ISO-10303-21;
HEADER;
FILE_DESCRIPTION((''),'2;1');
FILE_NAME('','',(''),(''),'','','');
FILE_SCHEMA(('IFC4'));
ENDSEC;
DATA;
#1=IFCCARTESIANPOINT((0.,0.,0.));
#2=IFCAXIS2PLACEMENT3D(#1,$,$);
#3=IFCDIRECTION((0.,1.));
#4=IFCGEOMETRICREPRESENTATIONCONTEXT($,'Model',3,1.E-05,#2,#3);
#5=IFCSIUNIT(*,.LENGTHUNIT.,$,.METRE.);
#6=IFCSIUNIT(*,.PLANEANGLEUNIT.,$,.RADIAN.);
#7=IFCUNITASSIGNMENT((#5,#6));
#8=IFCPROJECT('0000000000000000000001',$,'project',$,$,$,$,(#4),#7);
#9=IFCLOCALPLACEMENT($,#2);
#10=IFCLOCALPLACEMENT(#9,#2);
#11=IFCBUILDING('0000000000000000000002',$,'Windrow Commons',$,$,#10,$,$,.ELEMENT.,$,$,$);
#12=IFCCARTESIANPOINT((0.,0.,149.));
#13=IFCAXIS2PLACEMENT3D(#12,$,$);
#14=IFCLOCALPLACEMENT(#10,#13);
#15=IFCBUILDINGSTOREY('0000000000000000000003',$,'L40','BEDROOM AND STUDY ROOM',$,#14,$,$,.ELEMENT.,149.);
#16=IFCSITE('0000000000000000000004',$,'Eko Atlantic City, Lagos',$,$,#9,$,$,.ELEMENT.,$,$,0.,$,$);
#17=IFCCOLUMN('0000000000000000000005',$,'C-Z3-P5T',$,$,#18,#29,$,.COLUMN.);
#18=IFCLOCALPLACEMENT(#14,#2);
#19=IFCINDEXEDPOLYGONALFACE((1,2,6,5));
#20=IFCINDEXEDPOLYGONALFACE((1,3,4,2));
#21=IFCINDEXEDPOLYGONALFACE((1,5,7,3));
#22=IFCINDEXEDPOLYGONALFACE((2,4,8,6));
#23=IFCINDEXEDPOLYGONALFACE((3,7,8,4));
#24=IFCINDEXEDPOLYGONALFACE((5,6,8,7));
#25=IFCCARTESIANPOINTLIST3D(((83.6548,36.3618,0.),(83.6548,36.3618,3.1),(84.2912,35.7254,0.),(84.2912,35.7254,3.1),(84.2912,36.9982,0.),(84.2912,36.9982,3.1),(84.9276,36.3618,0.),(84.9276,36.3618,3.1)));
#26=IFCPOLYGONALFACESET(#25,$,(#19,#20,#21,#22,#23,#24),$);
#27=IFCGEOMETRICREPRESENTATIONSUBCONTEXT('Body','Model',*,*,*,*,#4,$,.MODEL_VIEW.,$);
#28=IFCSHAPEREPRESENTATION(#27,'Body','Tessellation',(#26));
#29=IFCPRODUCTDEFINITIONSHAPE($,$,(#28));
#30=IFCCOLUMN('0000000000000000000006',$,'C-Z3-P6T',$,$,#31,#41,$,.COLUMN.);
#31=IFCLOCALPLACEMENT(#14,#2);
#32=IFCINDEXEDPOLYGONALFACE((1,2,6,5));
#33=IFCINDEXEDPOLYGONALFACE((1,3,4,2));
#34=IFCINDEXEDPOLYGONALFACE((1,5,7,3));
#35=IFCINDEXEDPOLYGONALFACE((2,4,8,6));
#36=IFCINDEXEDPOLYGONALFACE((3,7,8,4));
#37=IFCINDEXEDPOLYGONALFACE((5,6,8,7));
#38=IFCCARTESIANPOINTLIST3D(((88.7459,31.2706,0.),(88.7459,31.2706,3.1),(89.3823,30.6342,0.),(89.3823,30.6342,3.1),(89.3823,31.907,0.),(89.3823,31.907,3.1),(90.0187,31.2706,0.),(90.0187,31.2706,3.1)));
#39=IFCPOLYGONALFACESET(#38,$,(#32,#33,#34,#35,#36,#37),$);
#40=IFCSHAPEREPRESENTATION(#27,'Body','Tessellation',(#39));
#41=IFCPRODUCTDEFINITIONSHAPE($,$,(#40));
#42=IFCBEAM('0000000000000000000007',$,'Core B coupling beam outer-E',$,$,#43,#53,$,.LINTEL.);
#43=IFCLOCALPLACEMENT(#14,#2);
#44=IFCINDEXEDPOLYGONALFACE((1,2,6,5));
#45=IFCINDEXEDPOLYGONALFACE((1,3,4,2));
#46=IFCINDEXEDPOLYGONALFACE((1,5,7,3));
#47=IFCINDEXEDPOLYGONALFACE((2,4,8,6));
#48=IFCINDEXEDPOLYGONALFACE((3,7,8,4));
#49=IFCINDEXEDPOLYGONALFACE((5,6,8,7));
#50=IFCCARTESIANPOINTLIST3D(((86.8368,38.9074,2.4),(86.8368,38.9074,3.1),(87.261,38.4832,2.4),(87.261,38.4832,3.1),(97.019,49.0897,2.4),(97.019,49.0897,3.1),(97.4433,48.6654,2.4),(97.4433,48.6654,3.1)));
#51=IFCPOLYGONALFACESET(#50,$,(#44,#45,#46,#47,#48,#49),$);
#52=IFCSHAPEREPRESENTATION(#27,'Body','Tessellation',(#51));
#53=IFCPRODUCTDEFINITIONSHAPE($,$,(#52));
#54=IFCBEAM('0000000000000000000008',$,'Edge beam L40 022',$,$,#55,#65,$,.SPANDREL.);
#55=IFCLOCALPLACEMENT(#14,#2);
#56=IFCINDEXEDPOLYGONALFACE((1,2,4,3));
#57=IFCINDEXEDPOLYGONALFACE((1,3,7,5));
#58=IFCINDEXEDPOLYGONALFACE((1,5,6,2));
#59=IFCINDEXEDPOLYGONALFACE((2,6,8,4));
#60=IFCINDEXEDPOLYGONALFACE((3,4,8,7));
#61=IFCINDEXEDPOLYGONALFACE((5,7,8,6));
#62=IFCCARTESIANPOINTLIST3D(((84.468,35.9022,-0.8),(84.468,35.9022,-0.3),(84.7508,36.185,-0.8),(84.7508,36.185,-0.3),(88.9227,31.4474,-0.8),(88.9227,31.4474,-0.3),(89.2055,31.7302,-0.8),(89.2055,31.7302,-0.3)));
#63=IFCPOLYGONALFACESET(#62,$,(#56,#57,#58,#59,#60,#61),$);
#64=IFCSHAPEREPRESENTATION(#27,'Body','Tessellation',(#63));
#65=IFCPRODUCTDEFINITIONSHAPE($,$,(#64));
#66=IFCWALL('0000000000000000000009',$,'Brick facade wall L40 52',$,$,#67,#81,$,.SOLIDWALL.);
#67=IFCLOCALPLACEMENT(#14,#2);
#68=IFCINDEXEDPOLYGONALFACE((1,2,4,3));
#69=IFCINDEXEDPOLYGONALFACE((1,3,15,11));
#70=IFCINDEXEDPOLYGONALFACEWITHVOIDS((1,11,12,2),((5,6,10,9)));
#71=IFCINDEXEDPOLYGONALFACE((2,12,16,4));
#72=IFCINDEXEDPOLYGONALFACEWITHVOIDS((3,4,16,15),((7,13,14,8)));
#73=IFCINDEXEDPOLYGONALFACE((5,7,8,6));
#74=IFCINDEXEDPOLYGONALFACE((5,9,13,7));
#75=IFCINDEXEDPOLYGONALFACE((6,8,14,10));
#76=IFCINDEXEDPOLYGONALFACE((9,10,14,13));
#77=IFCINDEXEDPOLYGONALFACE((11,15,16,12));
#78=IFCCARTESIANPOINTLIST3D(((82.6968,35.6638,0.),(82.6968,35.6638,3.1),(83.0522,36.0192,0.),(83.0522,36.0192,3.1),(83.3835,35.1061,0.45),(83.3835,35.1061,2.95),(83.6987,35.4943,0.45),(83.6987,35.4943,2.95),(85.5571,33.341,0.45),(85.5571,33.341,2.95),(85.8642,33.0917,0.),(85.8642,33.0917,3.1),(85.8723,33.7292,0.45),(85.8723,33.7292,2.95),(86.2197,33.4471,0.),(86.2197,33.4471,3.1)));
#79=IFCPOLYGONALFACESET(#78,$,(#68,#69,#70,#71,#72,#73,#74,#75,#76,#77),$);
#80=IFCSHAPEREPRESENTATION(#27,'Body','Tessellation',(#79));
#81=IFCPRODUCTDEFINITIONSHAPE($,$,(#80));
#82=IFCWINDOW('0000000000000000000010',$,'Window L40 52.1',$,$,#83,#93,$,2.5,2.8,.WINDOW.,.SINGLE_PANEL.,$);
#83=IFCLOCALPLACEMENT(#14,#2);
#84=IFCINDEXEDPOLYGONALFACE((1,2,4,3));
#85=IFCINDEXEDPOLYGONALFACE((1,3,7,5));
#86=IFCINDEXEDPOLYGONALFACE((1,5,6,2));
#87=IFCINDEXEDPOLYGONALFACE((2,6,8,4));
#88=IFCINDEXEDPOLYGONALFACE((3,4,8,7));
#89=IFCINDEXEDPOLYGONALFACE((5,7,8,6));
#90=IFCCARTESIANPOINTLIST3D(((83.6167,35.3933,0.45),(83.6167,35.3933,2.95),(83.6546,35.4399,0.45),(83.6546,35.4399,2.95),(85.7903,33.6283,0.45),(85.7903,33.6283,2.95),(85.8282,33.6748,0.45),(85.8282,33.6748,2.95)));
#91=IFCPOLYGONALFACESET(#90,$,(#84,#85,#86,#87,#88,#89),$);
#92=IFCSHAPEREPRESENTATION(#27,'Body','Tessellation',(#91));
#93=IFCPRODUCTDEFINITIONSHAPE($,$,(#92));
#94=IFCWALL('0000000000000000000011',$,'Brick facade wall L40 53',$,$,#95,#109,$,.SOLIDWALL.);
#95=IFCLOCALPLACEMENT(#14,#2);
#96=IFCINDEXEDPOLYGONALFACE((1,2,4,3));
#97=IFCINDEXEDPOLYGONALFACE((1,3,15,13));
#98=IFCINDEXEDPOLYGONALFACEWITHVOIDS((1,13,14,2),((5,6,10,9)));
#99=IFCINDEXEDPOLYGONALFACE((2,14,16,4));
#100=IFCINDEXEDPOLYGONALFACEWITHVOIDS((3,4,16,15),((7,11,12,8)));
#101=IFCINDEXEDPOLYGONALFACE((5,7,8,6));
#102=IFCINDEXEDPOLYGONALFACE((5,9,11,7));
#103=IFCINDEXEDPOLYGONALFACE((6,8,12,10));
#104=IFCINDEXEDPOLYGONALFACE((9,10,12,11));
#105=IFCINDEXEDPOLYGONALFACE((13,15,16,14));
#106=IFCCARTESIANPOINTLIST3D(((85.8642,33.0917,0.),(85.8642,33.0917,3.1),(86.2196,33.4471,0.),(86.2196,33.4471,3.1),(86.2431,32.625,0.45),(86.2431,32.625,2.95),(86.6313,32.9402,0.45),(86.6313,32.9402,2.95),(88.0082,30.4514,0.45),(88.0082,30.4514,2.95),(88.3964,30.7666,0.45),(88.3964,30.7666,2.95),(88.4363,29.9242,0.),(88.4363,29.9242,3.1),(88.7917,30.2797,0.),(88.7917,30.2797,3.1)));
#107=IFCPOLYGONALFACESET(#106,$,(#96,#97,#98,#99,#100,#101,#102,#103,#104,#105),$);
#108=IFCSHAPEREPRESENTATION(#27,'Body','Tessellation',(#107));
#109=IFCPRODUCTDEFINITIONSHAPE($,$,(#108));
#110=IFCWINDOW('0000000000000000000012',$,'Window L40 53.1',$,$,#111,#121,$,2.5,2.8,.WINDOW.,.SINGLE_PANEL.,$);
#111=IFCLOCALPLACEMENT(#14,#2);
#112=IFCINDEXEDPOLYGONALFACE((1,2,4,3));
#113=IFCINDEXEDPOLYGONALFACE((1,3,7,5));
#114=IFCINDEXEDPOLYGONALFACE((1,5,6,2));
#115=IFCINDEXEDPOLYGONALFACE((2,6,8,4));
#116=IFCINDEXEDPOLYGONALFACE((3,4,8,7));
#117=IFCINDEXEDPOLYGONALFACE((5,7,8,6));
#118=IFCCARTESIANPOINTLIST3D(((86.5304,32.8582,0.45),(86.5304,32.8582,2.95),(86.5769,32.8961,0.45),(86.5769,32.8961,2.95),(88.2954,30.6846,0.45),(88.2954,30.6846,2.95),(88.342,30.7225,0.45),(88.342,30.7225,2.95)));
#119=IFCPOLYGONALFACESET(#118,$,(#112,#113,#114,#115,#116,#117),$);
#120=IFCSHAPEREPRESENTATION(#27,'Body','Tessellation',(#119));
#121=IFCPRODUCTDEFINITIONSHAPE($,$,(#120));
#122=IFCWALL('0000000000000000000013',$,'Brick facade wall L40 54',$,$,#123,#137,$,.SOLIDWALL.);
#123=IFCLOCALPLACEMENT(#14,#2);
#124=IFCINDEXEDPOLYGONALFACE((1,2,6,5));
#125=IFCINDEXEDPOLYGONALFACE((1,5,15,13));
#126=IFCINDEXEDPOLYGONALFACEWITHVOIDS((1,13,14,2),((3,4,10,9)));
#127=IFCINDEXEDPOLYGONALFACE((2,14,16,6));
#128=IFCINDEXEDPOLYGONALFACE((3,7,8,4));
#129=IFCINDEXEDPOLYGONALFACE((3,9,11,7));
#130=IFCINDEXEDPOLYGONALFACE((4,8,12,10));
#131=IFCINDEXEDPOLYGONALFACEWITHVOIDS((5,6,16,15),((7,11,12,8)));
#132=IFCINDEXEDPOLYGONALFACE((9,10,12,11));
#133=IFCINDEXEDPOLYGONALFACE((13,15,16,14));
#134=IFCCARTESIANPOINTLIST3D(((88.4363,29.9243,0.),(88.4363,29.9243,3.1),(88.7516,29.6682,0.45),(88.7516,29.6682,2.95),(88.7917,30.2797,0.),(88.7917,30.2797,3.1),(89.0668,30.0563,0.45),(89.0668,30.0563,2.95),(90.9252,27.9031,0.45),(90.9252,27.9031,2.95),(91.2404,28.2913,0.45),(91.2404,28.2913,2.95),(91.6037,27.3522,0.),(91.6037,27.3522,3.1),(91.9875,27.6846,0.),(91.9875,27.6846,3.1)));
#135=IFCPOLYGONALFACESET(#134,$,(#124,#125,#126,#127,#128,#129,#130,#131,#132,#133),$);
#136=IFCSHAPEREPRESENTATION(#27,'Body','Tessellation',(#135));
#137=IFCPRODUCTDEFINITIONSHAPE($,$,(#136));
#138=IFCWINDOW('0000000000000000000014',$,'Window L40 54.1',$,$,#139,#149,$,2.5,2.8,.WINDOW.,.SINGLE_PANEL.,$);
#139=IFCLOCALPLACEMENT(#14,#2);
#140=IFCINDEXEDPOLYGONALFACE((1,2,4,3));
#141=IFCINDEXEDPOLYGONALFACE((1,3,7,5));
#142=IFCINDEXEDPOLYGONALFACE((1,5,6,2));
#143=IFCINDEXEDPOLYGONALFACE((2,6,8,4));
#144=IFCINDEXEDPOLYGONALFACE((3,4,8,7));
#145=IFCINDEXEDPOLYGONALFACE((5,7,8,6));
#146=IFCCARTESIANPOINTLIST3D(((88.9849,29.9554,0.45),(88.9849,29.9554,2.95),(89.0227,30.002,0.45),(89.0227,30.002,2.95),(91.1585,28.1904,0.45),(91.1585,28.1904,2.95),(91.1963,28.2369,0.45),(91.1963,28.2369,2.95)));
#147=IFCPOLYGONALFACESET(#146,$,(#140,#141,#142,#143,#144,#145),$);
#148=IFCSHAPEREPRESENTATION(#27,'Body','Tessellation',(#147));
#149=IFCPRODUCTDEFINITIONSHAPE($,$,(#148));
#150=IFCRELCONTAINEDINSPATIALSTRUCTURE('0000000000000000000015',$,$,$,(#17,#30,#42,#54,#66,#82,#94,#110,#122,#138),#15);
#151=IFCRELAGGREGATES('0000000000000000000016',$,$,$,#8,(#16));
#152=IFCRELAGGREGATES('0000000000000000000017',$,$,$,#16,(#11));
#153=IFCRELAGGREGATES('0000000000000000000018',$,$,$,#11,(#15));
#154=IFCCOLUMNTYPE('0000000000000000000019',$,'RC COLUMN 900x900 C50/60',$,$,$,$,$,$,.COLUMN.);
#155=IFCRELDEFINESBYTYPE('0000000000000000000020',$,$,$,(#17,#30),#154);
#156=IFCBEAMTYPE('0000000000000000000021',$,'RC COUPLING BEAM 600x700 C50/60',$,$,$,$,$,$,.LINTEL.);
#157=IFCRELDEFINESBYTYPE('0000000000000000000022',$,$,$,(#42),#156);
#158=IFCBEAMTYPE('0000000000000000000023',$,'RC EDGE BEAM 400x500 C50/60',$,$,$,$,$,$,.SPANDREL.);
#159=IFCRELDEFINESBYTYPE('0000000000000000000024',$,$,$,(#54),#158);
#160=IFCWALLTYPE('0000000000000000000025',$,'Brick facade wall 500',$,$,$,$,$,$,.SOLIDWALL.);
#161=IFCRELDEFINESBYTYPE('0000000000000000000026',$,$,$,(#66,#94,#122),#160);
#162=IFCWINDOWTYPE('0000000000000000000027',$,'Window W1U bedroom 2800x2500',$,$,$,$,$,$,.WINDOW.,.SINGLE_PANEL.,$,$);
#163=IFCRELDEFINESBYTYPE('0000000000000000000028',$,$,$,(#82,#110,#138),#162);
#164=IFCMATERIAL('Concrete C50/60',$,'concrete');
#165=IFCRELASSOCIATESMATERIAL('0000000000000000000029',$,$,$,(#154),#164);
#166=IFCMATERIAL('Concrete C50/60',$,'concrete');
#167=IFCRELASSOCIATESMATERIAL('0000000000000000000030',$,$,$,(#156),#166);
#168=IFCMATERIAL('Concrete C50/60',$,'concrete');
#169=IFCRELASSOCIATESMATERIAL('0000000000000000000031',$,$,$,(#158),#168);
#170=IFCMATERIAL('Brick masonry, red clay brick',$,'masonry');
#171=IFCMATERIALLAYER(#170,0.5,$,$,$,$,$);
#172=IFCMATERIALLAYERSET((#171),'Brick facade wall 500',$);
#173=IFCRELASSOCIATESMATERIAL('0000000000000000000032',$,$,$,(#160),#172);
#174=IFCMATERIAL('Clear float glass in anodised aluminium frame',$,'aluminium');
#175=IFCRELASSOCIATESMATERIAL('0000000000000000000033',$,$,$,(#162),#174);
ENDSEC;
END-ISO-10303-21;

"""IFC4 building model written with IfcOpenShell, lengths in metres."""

from ifc_helpers import new_model, si_unit, direction, frame, frame_2d, origin, origin_2d, place, context, subcontext, project, spatial, polyline, rectangle, outline, extrude, material, layer, layer_set, material_profile, profile_set, type_object, element, fill, save


model = new_model("IFC4")

# Units and contexts
model_context = context("Model", 3, precision=1e-05, world=origin(), true_north=direction((0.0, 1.0)))
body_context = subcontext(model_context, "Body", "Model", "MODEL_VIEW")
ifc_project = project(units=[si_unit("LENGTHUNIT", "METRE"), si_unit("PLANEANGLEUNIT", "RADIAN")], contexts=[model_context])

# Site, building, storey
site_placement = place(None, origin())
site = spatial("IfcSite", under=ifc_project, at=site_placement, Name="Eko Atlantic City, Lagos", CompositionType="ELEMENT", RefElevation=0.0)
building_placement = place(site_placement, origin())
building = spatial("IfcBuilding", under=site, at=building_placement, Name="Windrow Commons", CompositionType="ELEMENT")
storey_placement = place(building_placement, frame((0.0, 0.0, 149.0)))
storey = spatial("IfcBuildingStorey", under=building, at=storey_placement, Name="L40", Description="BEDROOM AND STUDY ROOM", CompositionType="ELEMENT", Elevation=149.0)

# Columns
ifc_material_1 = material(Name="Concrete C50/60", Category="concrete")
ifc_material_profile_1 = material_profile(ifc_material_1, rectangle(XDim=0.9, YDim=0.9, at=origin_2d()))
ifc_profile_set_1 = profile_set([ifc_material_profile_1], Name="Concrete C50/60")
column_type = type_object("IfcColumnType", Name="RC COLUMN 900x900 C50/60", PredefinedType="COLUMN", material=ifc_profile_set_1)
for number, where, z_axis, x_axis, name in (
    (1, (84.2912, 36.3618, 0.0), (0.0, 0.0, 1.0), (0.707107, -0.707107, 0.0), "C-Z3-P5T"),
    (2, (89.3823, 31.2706, 0.0), (0.0, 0.0, 1.0), (0.707107, -0.707107, 0.0), "C-Z3-P6T"),
):
    element("IfcColumn", number, at=place(storey_placement, frame(where, z_axis=z_axis, x_axis=x_axis)), inside=storey, type_object=column_type, Name=name, PredefinedType="COLUMN", context=body_context, shape_type="SweptSolid", body=[
        extrude(rectangle(XDim=0.9, YDim=0.9, at=origin_2d()), origin(), (0.0, 0.0, 1.0), 3.1),
    ])

# Beams
ifc_material_2 = material(Name="Concrete C50/60", Category="concrete")
ifc_material_profile_2 = material_profile(ifc_material_2, rectangle(XDim=0.6, YDim=0.7, at=origin_2d()))
ifc_profile_set_2 = profile_set([ifc_material_profile_2], Name="Concrete C50/60")
beam_type_1 = type_object("IfcBeamType", Name="RC COUPLING BEAM 600x700 C50/60", PredefinedType="LINTEL", material=ifc_profile_set_2)
beam_1_placement = place(storey_placement, frame((87.0489, 38.6953, 2.75), z_axis=(0.707107, 0.707107, 0.0), x_axis=(-0.707107, 0.707107, 0.0)))
element("IfcBeam", 3, at=beam_1_placement, inside=storey, type_object=beam_type_1, Name="Core B coupling beam outer-E", PredefinedType="LINTEL", context=body_context, shape_type="SweptSolid", body=[
    extrude(rectangle(XDim=0.6, YDim=0.7, at=origin_2d()), origin(), (0.0, 0.0, 1.0), 14.3999),
])
ifc_material_3 = material(Name="Concrete C50/60", Category="concrete")
ifc_material_profile_3 = material_profile(ifc_material_3, rectangle(XDim=0.4, YDim=0.5, at=origin_2d()))
ifc_profile_set_3 = profile_set([ifc_material_profile_3], Name="Concrete C50/60")
beam_type_2 = type_object("IfcBeamType", Name="RC EDGE BEAM 400x500 C50/60", PredefinedType="SPANDREL", material=ifc_profile_set_3)
beam_2_placement = place(storey_placement, frame((89.0641, 31.5888, -0.55), z_axis=(-0.707099, 0.707115, 0.0), x_axis=(-0.707115, -0.707099, 0.0)))
element("IfcBeam", 4, at=beam_2_placement, inside=storey, type_object=beam_type_2, Name="Edge beam L40 022", PredefinedType="SPANDREL", context=body_context, shape_type="SweptSolid", body=[
    extrude(rectangle(XDim=0.4, YDim=0.5, at=origin_2d()), origin(), (0.0, 0.0, 1.0), 6.3),
])

# Walls, openings, windows
ifc_material_4 = material(Name="Brick masonry, red clay brick", Category="masonry")
ifc_layer_1 = layer(ifc_material_4, 0.5)
ifc_layer_set_1 = layer_set([ifc_layer_1], Name="Brick facade wall 500")
wall_type_1 = type_object("IfcWallType", Name="Brick facade wall 500", PredefinedType="SOLIDWALL", material=ifc_layer_set_1)
wall_1_placement = place(storey_placement, frame((82.8745, 35.8415, 0.0), z_axis=(0.0, 0.0, 1.0), x_axis=(0.776283, -0.630384, 0.0)))
wall_1 = element("IfcWall", 5, at=wall_1_placement, inside=storey, type_object=wall_type_1, Name="Brick facade wall L40 52", PredefinedType="SOLIDWALL", context=body_context, shape_type="SweptSolid", body=[
    extrude(outline(polyline([(-0.0259, -0.25), (4.0543, -0.25), (4.1062, 0.25), (0.0259, 0.25), (-0.0259, -0.25)])), origin(), (0.0, 0.0, 1.0), 3.1),
])
opening_1_placement = place(wall_1_placement, frame((0.8587, 0.0, 0.45)))
opening_1 = element("IfcOpeningElement", 6, at=opening_1_placement, cuts=wall_1, PredefinedType="OPENING", context=body_context, shape_type="SweptSolid", body=[
    extrude(rectangle(XDim=2.8, YDim=2.5, at=frame_2d((1.4, 1.25))), frame((0.0, 0.26, 0.0), z_axis=(0.0, -1.0, 0.0), x_axis=(1.0, 0.0, 0.0)), (0.0, 0.0, 1.0), 0.52),
])
ifc_material_5 = material(Name="Clear float glass in anodised aluminium frame", Category="aluminium")
window_type_1 = type_object("IfcWindowType", Name="Window W1U bedroom 2800x2500", PartitioningType="SINGLE_PANEL", PredefinedType="WINDOW", material=ifc_material_5)
window_1_placement = place(opening_1_placement, origin())
window_1 = element("IfcWindow", 7, at=window_1_placement, inside=storey, type_object=window_type_1, Name="Window L40 52.1", OverallHeight=2.5, OverallWidth=2.8, PartitioningType="SINGLE_PANEL", PredefinedType="WINDOW", context=body_context, shape_type="SweptSolid", body=[
    extrude(rectangle(XDim=2.8, YDim=2.5, at=frame_2d((1.4, 1.25))), frame((0.0, 0.18, 0.0), z_axis=(0.0, -1.0, 0.0), x_axis=(1.0, 0.0, 0.0)), (0.0, 0.0, 1.0), 0.06),
])
fill(opening_1, window_1)
wall_2_placement = place(storey_placement, frame((86.0419, 33.2694, 0.0), z_axis=(0.0, 0.0, 1.0), x_axis=(0.630384, -0.776283, 0.0)))
wall_2 = element("IfcWall", 8, at=wall_2_placement, inside=storey, type_object=wall_type_1, Name="Brick facade wall L40 53", PredefinedType="SOLIDWALL", context=body_context, shape_type="SweptSolid", body=[
    extrude(outline(polyline([(0.0259, -0.25), (4.1062, -0.25), (4.0543, 0.25), (-0.0259, 0.25), (0.0259, -0.25)])), origin(), (0.0, 0.0, 1.0), 3.1),
])
opening_2_placement = place(wall_2_placement, frame((0.6271, 0.0, 0.45)))
opening_2 = element("IfcOpeningElement", 9, at=opening_2_placement, cuts=wall_2, PredefinedType="OPENING", context=body_context, shape_type="SweptSolid", body=[
    extrude(rectangle(XDim=2.8, YDim=2.5, at=frame_2d((1.4, 1.25))), frame((0.0, 0.26, 0.0), z_axis=(0.0, -1.0, 0.0), x_axis=(1.0, 0.0, 0.0)), (0.0, 0.0, 1.0), 0.52),
])
window_2_placement = place(opening_2_placement, origin())
window_2 = element("IfcWindow", 10, at=window_2_placement, inside=storey, type_object=window_type_1, Name="Window L40 53.1", OverallHeight=2.5, OverallWidth=2.8, PartitioningType="SINGLE_PANEL", PredefinedType="WINDOW", context=body_context, shape_type="SweptSolid", body=[
    extrude(rectangle(XDim=2.8, YDim=2.5, at=frame_2d((1.4, 1.25))), frame((0.0, 0.18, 0.0), z_axis=(0.0, -1.0, 0.0), x_axis=(1.0, 0.0, 0.0)), (0.0, 0.0, 1.0), 0.06),
])
fill(opening_2, window_2)
wall_3_placement = place(storey_placement, frame((88.614, 30.102, 0.0), z_axis=(0.0, 0.0, 1.0), x_axis=(0.776287, -0.630379, 0.0)))
wall_3 = element("IfcWall", 11, at=wall_3_placement, inside=storey, type_object=wall_type_1, Name="Brick facade wall L40 54", PredefinedType="SOLIDWALL", context=body_context, shape_type="SweptSolid", body=[
    extrude(outline(polyline([(-0.0259, -0.25), (4.0543, -0.25), (4.1427, 0.25), (0.0259, 0.25), (-0.0259, -0.25)])), origin(), (0.0, 0.0, 1.0), 3.1),
])
opening_3_placement = place(wall_3_placement, frame((0.3803, 0.0, 0.45)))
opening_3 = element("IfcOpeningElement", 12, at=opening_3_placement, cuts=wall_3, PredefinedType="OPENING", context=body_context, shape_type="SweptSolid", body=[
    extrude(rectangle(XDim=2.8, YDim=2.5, at=frame_2d((1.4, 1.25))), frame((0.0, 0.26, 0.0), z_axis=(0.0, -1.0, 0.0), x_axis=(1.0, 0.0, 0.0)), (0.0, 0.0, 1.0), 0.52),
])
window_3_placement = place(opening_3_placement, origin())
window_3 = element("IfcWindow", 13, at=window_3_placement, inside=storey, type_object=window_type_1, Name="Window L40 54.1", OverallHeight=2.5, OverallWidth=2.8, PartitioningType="SINGLE_PANEL", PredefinedType="WINDOW", context=body_context, shape_type="SweptSolid", body=[
    extrude(rectangle(XDim=2.8, YDim=2.5, at=frame_2d((1.4, 1.25))), frame((0.0, 0.18, 0.0), z_axis=(0.0, -1.0, 0.0), x_axis=(1.0, 0.0, 0.0)), (0.0, 0.0, 1.0), 0.06),
])
fill(opening_3, window_3)

save(model, "model.ifc")
